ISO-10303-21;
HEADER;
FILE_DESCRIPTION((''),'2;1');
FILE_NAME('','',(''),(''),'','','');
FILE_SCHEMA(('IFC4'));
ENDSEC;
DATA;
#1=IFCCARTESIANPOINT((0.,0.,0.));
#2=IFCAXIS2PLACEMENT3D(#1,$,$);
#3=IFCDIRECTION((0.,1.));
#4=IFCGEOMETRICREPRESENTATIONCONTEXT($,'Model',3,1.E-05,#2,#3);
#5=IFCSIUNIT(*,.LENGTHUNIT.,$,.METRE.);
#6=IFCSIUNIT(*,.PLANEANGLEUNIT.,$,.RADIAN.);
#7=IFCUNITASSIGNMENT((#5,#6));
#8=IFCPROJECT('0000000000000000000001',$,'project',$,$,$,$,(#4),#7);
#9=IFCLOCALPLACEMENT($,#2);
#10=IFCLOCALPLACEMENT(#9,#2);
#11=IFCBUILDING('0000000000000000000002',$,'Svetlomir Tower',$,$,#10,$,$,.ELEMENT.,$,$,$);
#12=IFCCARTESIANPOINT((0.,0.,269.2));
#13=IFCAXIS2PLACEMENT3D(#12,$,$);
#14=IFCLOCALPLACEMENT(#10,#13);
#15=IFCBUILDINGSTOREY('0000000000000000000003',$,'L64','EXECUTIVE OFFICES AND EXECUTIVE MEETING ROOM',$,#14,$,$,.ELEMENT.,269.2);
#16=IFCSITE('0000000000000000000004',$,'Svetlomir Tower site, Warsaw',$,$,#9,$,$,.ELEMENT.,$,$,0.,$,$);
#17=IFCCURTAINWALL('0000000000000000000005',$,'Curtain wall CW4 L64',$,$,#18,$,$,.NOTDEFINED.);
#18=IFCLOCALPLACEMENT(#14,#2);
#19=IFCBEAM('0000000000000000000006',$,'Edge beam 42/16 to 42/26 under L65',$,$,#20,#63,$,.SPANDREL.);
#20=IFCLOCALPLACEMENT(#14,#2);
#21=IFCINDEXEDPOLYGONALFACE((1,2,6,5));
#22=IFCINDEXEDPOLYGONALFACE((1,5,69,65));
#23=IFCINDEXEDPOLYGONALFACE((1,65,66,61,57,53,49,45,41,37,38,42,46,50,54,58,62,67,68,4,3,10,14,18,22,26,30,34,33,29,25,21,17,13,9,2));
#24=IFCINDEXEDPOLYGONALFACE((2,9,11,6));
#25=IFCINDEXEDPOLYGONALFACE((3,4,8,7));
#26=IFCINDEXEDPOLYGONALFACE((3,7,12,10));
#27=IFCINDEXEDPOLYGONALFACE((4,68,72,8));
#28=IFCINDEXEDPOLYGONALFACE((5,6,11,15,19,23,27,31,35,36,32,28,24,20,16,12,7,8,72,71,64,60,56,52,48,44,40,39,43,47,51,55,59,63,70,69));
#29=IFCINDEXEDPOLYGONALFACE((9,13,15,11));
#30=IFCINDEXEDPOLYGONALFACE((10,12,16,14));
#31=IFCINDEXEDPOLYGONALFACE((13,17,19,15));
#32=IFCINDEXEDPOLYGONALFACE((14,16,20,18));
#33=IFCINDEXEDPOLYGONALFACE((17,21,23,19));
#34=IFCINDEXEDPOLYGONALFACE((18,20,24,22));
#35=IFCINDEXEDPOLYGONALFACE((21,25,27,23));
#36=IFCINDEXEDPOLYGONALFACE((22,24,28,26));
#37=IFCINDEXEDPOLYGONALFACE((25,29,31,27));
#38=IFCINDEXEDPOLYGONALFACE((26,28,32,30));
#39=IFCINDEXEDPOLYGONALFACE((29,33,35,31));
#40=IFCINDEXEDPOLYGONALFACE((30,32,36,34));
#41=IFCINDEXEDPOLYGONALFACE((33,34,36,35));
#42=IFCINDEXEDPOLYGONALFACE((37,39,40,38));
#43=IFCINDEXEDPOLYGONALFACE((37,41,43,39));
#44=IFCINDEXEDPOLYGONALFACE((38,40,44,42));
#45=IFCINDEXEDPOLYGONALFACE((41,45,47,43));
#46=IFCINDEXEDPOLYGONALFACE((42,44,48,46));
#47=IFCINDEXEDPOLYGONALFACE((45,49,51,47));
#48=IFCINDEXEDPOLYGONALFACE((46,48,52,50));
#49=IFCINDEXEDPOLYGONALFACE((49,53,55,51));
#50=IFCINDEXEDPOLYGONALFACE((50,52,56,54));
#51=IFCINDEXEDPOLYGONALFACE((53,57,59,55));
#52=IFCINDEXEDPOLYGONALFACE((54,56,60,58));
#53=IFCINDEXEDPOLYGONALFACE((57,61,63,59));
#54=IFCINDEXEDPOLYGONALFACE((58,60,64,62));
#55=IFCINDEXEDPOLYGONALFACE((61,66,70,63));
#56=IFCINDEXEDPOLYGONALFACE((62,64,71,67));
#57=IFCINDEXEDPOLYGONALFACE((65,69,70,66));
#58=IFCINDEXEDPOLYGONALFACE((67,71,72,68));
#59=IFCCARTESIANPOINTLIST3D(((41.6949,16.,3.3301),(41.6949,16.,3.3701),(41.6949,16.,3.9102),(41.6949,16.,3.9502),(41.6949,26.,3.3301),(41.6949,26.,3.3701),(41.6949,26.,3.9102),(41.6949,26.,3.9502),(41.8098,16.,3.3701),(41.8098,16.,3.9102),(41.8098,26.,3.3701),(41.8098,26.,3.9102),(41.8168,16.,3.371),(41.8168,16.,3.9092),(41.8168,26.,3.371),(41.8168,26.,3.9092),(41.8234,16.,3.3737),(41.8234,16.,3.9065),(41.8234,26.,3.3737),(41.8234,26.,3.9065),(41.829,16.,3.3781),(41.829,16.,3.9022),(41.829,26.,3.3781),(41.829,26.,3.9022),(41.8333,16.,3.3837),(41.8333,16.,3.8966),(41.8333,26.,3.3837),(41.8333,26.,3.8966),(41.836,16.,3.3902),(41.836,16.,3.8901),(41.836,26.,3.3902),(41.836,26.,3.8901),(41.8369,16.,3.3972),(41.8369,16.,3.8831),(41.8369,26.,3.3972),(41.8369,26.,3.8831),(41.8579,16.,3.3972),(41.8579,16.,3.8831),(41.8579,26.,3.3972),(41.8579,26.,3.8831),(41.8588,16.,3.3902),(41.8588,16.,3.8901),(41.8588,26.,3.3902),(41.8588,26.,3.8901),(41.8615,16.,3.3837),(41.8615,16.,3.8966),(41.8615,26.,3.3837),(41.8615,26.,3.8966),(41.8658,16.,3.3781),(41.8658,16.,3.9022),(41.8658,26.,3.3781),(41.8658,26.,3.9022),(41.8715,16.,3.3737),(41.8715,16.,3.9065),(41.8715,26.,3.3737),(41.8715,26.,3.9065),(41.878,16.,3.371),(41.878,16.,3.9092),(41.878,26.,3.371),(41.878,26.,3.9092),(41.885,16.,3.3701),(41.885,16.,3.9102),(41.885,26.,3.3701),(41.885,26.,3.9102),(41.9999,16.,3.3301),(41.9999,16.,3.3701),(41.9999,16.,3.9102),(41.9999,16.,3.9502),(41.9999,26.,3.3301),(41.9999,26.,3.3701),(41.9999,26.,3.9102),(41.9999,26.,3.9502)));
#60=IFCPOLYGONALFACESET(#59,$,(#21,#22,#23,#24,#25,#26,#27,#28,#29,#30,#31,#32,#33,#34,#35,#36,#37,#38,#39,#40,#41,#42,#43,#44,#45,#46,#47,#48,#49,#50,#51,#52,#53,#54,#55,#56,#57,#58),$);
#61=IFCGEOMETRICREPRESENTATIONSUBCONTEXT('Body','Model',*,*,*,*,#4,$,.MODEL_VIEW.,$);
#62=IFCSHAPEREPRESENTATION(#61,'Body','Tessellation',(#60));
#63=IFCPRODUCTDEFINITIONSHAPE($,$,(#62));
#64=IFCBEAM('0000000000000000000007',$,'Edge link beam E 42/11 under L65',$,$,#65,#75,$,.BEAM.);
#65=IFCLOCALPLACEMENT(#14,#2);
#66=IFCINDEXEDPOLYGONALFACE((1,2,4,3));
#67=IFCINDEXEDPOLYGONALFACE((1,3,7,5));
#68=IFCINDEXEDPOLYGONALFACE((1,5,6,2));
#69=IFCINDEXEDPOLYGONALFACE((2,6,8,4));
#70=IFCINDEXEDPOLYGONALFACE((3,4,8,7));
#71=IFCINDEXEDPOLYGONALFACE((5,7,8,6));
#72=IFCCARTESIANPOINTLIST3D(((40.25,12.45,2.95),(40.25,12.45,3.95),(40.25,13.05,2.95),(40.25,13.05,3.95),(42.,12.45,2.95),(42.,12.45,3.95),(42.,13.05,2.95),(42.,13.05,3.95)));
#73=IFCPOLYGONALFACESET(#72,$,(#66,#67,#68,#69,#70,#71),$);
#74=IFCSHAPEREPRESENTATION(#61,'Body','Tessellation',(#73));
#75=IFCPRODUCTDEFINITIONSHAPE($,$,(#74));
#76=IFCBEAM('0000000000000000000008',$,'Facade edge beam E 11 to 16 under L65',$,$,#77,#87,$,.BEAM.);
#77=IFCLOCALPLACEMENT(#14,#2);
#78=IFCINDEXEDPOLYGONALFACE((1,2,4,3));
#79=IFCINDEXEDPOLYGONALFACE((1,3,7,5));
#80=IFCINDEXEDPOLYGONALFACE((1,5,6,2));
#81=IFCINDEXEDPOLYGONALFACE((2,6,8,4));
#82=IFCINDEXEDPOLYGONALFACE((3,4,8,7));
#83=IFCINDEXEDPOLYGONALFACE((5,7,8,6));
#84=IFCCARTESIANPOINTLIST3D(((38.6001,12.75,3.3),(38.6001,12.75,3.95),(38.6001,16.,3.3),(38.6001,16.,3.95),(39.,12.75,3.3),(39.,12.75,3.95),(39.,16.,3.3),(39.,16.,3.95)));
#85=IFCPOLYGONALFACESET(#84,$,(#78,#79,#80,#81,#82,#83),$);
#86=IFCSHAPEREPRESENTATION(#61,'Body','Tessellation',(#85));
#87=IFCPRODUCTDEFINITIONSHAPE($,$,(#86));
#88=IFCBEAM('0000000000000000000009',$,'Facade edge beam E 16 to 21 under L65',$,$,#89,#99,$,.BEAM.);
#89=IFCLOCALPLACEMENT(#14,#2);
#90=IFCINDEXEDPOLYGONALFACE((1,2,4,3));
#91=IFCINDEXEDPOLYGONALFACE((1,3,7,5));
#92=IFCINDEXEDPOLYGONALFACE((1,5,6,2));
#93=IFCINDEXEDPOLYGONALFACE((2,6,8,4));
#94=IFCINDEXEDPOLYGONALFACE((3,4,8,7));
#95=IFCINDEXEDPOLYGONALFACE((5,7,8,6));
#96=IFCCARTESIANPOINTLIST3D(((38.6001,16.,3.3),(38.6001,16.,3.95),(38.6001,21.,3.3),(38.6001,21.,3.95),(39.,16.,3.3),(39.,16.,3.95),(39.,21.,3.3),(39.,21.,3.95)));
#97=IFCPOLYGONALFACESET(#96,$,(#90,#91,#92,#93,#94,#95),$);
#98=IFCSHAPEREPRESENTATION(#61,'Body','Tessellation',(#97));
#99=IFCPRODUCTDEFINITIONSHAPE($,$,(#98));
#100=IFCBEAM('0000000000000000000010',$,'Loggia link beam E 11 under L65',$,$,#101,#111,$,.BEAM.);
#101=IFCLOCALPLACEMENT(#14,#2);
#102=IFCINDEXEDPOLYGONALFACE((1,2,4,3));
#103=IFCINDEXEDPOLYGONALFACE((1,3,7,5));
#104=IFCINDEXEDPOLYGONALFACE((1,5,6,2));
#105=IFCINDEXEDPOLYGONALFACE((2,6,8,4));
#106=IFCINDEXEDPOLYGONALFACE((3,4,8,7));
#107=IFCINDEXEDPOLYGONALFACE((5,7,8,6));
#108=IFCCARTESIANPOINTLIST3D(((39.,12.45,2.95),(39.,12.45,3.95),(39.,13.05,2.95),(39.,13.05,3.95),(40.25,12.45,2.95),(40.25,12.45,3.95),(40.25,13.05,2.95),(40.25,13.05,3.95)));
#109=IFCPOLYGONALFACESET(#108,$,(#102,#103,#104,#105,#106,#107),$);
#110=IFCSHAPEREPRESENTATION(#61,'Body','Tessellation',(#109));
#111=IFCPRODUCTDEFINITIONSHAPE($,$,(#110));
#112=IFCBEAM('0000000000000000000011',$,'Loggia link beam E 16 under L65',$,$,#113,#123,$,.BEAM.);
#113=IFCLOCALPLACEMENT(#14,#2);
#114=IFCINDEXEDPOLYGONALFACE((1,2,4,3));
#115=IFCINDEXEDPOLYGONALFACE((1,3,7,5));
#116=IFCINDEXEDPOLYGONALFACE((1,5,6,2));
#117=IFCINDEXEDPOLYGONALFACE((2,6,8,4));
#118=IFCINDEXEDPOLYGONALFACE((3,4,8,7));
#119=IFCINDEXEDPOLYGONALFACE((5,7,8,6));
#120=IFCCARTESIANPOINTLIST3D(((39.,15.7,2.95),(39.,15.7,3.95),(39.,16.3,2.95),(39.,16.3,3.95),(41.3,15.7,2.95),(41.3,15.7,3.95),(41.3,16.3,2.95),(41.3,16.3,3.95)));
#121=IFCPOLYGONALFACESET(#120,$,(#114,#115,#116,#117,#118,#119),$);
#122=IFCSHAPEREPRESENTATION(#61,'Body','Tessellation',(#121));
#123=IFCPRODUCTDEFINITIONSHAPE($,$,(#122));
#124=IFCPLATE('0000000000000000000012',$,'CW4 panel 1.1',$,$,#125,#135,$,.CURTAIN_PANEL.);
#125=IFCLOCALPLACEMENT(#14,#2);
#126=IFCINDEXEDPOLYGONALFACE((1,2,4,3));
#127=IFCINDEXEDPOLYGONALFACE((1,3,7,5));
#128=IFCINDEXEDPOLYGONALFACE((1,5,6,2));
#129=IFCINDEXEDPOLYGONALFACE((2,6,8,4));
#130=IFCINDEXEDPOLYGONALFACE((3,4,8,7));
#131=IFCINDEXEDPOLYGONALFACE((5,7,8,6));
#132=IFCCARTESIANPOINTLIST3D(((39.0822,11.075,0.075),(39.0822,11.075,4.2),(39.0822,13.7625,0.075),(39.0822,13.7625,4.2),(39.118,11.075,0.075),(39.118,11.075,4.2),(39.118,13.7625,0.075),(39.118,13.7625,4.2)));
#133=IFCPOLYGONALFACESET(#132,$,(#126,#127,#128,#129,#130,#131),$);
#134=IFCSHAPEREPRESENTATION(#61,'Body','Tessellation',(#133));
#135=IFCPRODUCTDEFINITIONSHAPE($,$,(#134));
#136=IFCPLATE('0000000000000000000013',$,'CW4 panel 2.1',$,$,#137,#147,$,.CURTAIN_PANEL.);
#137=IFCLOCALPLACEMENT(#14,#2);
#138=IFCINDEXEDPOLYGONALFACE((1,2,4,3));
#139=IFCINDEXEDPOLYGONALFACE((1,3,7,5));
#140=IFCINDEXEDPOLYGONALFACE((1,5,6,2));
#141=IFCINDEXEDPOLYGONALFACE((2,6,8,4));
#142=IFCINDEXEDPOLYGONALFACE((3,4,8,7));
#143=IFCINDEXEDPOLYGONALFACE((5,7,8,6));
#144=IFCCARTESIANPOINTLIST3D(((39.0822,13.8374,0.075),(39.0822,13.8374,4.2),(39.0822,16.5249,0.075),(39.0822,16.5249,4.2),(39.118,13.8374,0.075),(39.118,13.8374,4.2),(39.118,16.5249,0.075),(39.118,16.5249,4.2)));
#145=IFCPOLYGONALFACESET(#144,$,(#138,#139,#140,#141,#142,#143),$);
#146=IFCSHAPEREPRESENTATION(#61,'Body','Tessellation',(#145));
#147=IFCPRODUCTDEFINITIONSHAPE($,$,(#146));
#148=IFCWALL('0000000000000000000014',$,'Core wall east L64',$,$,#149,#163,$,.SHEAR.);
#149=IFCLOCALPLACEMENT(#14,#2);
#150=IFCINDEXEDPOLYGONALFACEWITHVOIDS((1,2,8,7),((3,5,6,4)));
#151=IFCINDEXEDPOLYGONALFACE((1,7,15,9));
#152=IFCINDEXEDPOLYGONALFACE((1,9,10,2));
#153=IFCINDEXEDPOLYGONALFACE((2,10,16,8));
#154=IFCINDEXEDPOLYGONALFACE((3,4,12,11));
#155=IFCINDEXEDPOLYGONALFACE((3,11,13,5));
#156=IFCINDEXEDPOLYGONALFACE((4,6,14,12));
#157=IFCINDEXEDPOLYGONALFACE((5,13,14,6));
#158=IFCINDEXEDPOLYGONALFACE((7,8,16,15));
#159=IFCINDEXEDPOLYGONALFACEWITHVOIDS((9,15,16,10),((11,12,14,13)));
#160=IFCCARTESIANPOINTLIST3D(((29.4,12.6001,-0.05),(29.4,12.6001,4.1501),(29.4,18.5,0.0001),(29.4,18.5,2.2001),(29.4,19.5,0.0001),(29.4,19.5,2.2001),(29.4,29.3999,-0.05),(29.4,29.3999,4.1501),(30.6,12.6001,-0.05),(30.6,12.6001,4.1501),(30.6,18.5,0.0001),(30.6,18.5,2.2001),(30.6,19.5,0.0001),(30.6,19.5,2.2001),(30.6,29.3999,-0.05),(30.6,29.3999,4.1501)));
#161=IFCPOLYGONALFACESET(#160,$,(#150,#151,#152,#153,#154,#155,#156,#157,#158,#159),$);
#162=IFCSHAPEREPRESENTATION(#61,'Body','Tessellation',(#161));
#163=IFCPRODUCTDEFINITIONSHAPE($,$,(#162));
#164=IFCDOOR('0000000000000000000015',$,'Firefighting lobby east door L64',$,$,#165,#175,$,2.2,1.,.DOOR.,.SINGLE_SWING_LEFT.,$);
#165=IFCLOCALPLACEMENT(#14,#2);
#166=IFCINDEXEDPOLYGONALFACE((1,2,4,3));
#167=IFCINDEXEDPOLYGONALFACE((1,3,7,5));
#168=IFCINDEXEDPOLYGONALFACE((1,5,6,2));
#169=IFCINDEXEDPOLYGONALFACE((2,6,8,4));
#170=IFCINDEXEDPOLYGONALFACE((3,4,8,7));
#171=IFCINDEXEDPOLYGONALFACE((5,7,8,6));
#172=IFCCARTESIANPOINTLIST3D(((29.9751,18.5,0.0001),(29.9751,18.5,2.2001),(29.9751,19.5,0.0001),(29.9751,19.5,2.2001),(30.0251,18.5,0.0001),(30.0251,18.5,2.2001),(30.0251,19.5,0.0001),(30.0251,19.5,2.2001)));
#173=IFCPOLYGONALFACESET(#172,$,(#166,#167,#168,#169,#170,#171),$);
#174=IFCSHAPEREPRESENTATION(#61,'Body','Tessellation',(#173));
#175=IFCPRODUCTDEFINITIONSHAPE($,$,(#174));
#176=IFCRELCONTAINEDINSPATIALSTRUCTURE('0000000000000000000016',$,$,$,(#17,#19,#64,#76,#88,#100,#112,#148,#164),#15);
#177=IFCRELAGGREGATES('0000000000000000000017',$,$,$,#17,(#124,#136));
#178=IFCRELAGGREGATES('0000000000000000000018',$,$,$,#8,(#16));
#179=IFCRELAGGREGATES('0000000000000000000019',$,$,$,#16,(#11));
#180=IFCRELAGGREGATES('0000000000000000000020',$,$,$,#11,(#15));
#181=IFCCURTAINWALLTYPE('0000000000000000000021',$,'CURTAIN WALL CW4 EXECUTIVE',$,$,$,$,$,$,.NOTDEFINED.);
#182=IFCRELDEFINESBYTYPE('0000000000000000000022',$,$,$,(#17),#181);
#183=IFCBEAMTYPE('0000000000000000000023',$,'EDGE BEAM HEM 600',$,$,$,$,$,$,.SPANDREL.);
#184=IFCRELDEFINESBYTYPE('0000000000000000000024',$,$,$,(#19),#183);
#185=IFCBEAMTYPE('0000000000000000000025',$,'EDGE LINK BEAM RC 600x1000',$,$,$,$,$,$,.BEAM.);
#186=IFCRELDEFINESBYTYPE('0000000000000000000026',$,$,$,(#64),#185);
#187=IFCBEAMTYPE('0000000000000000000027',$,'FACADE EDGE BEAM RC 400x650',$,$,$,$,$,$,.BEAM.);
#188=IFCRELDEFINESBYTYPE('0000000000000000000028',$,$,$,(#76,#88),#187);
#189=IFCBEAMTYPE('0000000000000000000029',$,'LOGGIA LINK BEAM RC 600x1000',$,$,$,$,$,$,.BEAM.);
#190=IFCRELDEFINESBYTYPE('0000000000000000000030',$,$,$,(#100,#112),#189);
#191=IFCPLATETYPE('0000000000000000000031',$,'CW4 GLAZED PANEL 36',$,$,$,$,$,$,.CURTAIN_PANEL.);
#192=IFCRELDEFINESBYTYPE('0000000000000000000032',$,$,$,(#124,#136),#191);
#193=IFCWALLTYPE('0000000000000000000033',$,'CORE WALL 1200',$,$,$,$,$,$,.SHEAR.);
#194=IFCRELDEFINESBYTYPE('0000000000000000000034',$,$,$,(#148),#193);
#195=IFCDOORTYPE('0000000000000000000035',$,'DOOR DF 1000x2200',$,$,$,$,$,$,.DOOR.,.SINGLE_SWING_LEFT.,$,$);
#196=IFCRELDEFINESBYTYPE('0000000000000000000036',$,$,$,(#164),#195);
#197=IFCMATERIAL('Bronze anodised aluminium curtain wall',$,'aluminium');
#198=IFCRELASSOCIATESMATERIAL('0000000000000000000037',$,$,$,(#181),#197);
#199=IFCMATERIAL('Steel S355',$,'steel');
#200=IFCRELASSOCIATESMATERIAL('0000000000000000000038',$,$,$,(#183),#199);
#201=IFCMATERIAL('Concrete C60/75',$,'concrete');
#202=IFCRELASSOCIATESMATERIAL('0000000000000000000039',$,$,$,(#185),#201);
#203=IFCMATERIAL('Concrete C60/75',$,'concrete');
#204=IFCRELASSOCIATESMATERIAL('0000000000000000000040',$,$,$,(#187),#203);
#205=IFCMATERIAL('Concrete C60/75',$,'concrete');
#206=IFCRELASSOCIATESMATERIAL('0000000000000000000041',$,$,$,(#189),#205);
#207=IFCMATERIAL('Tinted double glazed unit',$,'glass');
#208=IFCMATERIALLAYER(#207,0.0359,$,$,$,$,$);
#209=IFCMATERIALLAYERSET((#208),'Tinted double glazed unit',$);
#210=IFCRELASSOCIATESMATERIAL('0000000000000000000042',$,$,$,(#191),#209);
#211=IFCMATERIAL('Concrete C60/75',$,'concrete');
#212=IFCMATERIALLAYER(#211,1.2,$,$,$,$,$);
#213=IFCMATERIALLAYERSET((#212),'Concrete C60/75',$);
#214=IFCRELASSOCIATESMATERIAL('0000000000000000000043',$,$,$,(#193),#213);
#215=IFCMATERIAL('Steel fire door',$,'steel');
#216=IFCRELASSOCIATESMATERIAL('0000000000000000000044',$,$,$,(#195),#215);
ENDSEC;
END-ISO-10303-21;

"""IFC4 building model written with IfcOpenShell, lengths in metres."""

from ifc_helpers import new_model, si_unit, direction, frame, frame_2d, origin, origin_2d, place, context, subcontext, project, spatial, rectangle, i_section, extrude, material, layer, layer_set, material_profile, profile_set, type_object, element, fill, aggregate, save


model = new_model("IFC4")

# Units and contexts
model_context = context("Model", 3, precision=1e-05, world=origin(), true_north=direction((0.0, 1.0)))
body_context = subcontext(model_context, "Body", "Model", "MODEL_VIEW")
ifc_project = project(units=[si_unit("LENGTHUNIT", "METRE"), si_unit("PLANEANGLEUNIT", "RADIAN")], contexts=[model_context])

# Site, building, storey
site_placement = place(None, origin())
site = spatial("IfcSite", under=ifc_project, at=site_placement, Name="Svetlomir Tower site, Warsaw", CompositionType="ELEMENT", RefElevation=0.0)
building_placement = place(site_placement, origin())
building = spatial("IfcBuilding", under=site, at=building_placement, Name="Svetlomir Tower", CompositionType="ELEMENT")
storey_placement = place(building_placement, frame((0.0, 0.0, 269.2)))
storey = spatial("IfcBuildingStorey", under=building, at=storey_placement, Name="L64", Description="EXECUTIVE OFFICES AND EXECUTIVE MEETING ROOM", CompositionType="ELEMENT", Elevation=269.2)

# Curtain wall
ifc_material_1 = material(Name="Bronze anodised aluminium curtain wall", Category="aluminium")
curtain_wall_type = type_object("IfcCurtainWallType", Name="CURTAIN WALL CW4 EXECUTIVE", PredefinedType="NOTDEFINED", material=ifc_material_1)
curtain_wall_1_placement = place(storey_placement, origin())
curtain_wall_1 = element("IfcCurtainWall", 1, at=curtain_wall_1_placement, inside=storey, type_object=curtain_wall_type, Name="Curtain wall CW4 L64", PredefinedType="NOTDEFINED")

# Beams
ifc_material_2 = material(Name="Steel S355", Category="steel")
ifc_material_profile_1 = material_profile(ifc_material_2, i_section(OverallWidth=0.3049, OverallDepth=0.6201, WebThickness=0.021, FlangeThickness=0.04, FilletRadius=0.0271, at=origin_2d()), Name="HEM 600")
ifc_profile_set_1 = profile_set([ifc_material_profile_1], Name="Steel S355")
beam_type_1 = type_object("IfcBeamType", Name="EDGE BEAM HEM 600", PredefinedType="SPANDREL", material=ifc_profile_set_1)
beam_1_placement = place(storey_placement, frame((41.8474, 16.0, 3.6401), z_axis=(0.0, 1.0, 0.0), x_axis=(-1.0, 0.0, 0.0)))
element("IfcBeam", 2, at=beam_1_placement, inside=storey, type_object=beam_type_1, Name="Edge beam 42/16 to 42/26 under L65", PredefinedType="SPANDREL", context=body_context, shape_type="SweptSolid", body=[
    extrude(i_section(OverallWidth=0.3049, OverallDepth=0.6201, WebThickness=0.021, FlangeThickness=0.04, FilletRadius=0.0271, at=origin_2d()), origin(), (0.0, 0.0, 1.0), 10.0),
])
ifc_material_3 = material(Name="Concrete C60/75", Category="concrete")
ifc_material_profile_2 = material_profile(ifc_material_3, rectangle(XDim=0.6001, YDim=1.0, at=origin_2d()), Name="RC 600x1000")
ifc_profile_set_2 = profile_set([ifc_material_profile_2], Name="Concrete C60/75")
beam_type_2 = type_object("IfcBeamType", Name="EDGE LINK BEAM RC 600x1000", PredefinedType="BEAM", material=ifc_profile_set_2)
beam_2_placement = place(storey_placement, frame((40.25, 12.75, 3.45), z_axis=(1.0, 0.0, 0.0), x_axis=(0.0, 1.0, 0.0)))
element("IfcBeam", 3, at=beam_2_placement, inside=storey, type_object=beam_type_2, Name="Edge link beam E 42/11 under L65", PredefinedType="BEAM", context=body_context, shape_type="SweptSolid", body=[
    extrude(rectangle(XDim=0.6001, YDim=1.0, at=origin_2d()), origin(), (0.0, 0.0, 1.0), 1.75),
])
ifc_material_4 = material(Name="Concrete C60/75", Category="concrete")
ifc_material_profile_3 = material_profile(ifc_material_4, rectangle(XDim=0.3999, YDim=0.6499, at=origin_2d()), Name="RC 400x650")
ifc_profile_set_3 = profile_set([ifc_material_profile_3], Name="Concrete C60/75")
beam_type_3 = type_object("IfcBeamType", Name="FACADE EDGE BEAM RC 400x650", PredefinedType="BEAM", material=ifc_profile_set_3)
beam_3_placement = place(storey_placement, frame((38.8, 12.75, 3.625), z_axis=(0.0, 1.0, 0.0), x_axis=(-1.0, 0.0, 0.0)))
element("IfcBeam", 4, at=beam_3_placement, inside=storey, type_object=beam_type_3, Name="Facade edge beam E 11 to 16 under L65", PredefinedType="BEAM", context=body_context, shape_type="SweptSolid", body=[
    extrude(rectangle(XDim=0.3999, YDim=0.6499, at=origin_2d()), origin(), (0.0, 0.0, 1.0), 3.25),
])
beam_4_placement = place(storey_placement, frame((38.8, 16.0, 3.625), z_axis=(0.0, 1.0, 0.0), x_axis=(-1.0, 0.0, 0.0)))
element("IfcBeam", 5, at=beam_4_placement, inside=storey, type_object=beam_type_3, Name="Facade edge beam E 16 to 21 under L65", PredefinedType="BEAM", context=body_context, shape_type="SweptSolid", body=[
    extrude(rectangle(XDim=0.3999, YDim=0.6499, at=origin_2d()), origin(), (0.0, 0.0, 1.0), 5.0),
])
ifc_material_5 = material(Name="Concrete C60/75", Category="concrete")
ifc_material_profile_4 = material_profile(ifc_material_5, rectangle(XDim=0.6001, YDim=1.0, at=origin_2d()), Name="RC 600x1000")
ifc_profile_set_4 = profile_set([ifc_material_profile_4], Name="Concrete C60/75")
beam_type_4 = type_object("IfcBeamType", Name="LOGGIA LINK BEAM RC 600x1000", PredefinedType="BEAM", material=ifc_profile_set_4)
beam_5_placement = place(storey_placement, frame((40.25, 12.75, 3.45), z_axis=(-1.0, 0.0, 0.0), x_axis=(0.0, -1.0, 0.0)))
element("IfcBeam", 6, at=beam_5_placement, inside=storey, type_object=beam_type_4, Name="Loggia link beam E 11 under L65", PredefinedType="BEAM", context=body_context, shape_type="SweptSolid", body=[
    extrude(rectangle(XDim=0.6001, YDim=1.0, at=origin_2d()), origin(), (0.0, 0.0, 1.0), 1.25),
])
beam_6_placement = place(storey_placement, frame((41.3, 16.0, 3.45), z_axis=(-1.0, 0.0, 0.0), x_axis=(0.0, -1.0, 0.0)))
element("IfcBeam", 7, at=beam_6_placement, inside=storey, type_object=beam_type_4, Name="Loggia link beam E 16 under L65", PredefinedType="BEAM", context=body_context, shape_type="SweptSolid", body=[
    extrude(rectangle(XDim=0.6001, YDim=1.0, at=origin_2d()), origin(), (0.0, 0.0, 1.0), 2.3),
])

# Plates
ifc_material_6 = material(Name="Tinted double glazed unit", Category="glass")
ifc_layer_1 = layer(ifc_material_6, 0.0359)
ifc_layer_set_1 = layer_set([ifc_layer_1], Name="Tinted double glazed unit")
plate_type = type_object("IfcPlateType", Name="CW4 GLAZED PANEL 36", PredefinedType="CURTAIN_PANEL", material=ifc_layer_set_1)
plate_1_placement = place(storey_placement, frame((39.1001, 12.4187, 0.075), z_axis=(0.0, 0.0, 1.0), x_axis=(0.0, 1.0, 0.0)))
plate_1 = element("IfcPlate", 8, at=plate_1_placement, type_object=plate_type, Name="CW4 panel 1.1", PredefinedType="CURTAIN_PANEL", context=body_context, shape_type="SweptSolid", body=[
    extrude(rectangle(XDim=2.6875, YDim=0.0359, at=origin_2d()), origin(), (0.0, 0.0, 1.0), 4.125),
])
plate_2_placement = place(storey_placement, frame((39.1001, 15.1812, 0.075), z_axis=(0.0, 0.0, 1.0), x_axis=(0.0, 1.0, 0.0)))
plate_2 = element("IfcPlate", 9, at=plate_2_placement, type_object=plate_type, Name="CW4 panel 2.1", PredefinedType="CURTAIN_PANEL", context=body_context, shape_type="SweptSolid", body=[
    extrude(rectangle(XDim=2.6875, YDim=0.0359, at=origin_2d()), origin(), (0.0, 0.0, 1.0), 4.125),
])
aggregate(curtain_wall_1, [plate_1, plate_2])

# Wall, opening, door
ifc_material_7 = material(Name="Concrete C60/75", Category="concrete")
ifc_layer_2 = layer(ifc_material_7, 1.2)
ifc_layer_set_2 = layer_set([ifc_layer_2], Name="Concrete C60/75")
wall_type_1 = type_object("IfcWallType", Name="CORE WALL 1200", PredefinedType="SHEAR", material=ifc_layer_set_2)
wall_1_placement = place(storey_placement, frame((30.0, 12.6001, -0.05), z_axis=(0.0, 0.0, 1.0), x_axis=(0.0, 1.0, 0.0)))
wall_1 = element("IfcWall", 10, at=wall_1_placement, inside=storey, type_object=wall_type_1, Name="Core wall east L64", PredefinedType="SHEAR", context=body_context, shape_type="SweptSolid", body=[
    extrude(rectangle(XDim=16.7998, YDim=1.2, at=frame_2d((8.3999, 0.0))), origin(), (0.0, 0.0, 1.0), 4.2002),
])
opening_1_placement = place(wall_1_placement, frame((5.8999, 0.0, 0.05)))
opening_1 = element("IfcOpeningElement", 11, at=opening_1_placement, cuts=wall_1, PredefinedType="OPENING", context=body_context, shape_type="SweptSolid", body=[
    extrude(rectangle(XDim=1.0, YDim=2.2, at=frame_2d((0.5, 1.1001))), frame((0.0, 0.6099, 0.0), z_axis=(0.0, -1.0, 0.0), x_axis=(1.0, 0.0, 0.0)), (0.0, 0.0, 1.0), 1.22),
])
ifc_material_8 = material(Name="Steel fire door", Category="steel")
door_type_1 = type_object("IfcDoorType", Name="DOOR DF 1000x2200", OperationType="SINGLE_SWING_LEFT", PredefinedType="DOOR", material=ifc_material_8)
door_1_placement = place(opening_1_placement, origin())
door_1 = element("IfcDoor", 12, at=door_1_placement, inside=storey, type_object=door_type_1, Name="Firefighting lobby east door L64", OperationType="SINGLE_SWING_LEFT", OverallHeight=2.2, OverallWidth=1.0, PredefinedType="DOOR", context=body_context, shape_type="SweptSolid", body=[
    extrude(rectangle(XDim=1.0, YDim=2.2, at=frame_2d((0.5, 1.1001))), frame((0.0, 0.0249, 0.0), z_axis=(0.0, -1.0, 0.0), x_axis=(1.0, 0.0, 0.0)), (0.0, 0.0, 1.0), 0.05),
])
fill(opening_1, door_1)

save(model, "model.ifc")
